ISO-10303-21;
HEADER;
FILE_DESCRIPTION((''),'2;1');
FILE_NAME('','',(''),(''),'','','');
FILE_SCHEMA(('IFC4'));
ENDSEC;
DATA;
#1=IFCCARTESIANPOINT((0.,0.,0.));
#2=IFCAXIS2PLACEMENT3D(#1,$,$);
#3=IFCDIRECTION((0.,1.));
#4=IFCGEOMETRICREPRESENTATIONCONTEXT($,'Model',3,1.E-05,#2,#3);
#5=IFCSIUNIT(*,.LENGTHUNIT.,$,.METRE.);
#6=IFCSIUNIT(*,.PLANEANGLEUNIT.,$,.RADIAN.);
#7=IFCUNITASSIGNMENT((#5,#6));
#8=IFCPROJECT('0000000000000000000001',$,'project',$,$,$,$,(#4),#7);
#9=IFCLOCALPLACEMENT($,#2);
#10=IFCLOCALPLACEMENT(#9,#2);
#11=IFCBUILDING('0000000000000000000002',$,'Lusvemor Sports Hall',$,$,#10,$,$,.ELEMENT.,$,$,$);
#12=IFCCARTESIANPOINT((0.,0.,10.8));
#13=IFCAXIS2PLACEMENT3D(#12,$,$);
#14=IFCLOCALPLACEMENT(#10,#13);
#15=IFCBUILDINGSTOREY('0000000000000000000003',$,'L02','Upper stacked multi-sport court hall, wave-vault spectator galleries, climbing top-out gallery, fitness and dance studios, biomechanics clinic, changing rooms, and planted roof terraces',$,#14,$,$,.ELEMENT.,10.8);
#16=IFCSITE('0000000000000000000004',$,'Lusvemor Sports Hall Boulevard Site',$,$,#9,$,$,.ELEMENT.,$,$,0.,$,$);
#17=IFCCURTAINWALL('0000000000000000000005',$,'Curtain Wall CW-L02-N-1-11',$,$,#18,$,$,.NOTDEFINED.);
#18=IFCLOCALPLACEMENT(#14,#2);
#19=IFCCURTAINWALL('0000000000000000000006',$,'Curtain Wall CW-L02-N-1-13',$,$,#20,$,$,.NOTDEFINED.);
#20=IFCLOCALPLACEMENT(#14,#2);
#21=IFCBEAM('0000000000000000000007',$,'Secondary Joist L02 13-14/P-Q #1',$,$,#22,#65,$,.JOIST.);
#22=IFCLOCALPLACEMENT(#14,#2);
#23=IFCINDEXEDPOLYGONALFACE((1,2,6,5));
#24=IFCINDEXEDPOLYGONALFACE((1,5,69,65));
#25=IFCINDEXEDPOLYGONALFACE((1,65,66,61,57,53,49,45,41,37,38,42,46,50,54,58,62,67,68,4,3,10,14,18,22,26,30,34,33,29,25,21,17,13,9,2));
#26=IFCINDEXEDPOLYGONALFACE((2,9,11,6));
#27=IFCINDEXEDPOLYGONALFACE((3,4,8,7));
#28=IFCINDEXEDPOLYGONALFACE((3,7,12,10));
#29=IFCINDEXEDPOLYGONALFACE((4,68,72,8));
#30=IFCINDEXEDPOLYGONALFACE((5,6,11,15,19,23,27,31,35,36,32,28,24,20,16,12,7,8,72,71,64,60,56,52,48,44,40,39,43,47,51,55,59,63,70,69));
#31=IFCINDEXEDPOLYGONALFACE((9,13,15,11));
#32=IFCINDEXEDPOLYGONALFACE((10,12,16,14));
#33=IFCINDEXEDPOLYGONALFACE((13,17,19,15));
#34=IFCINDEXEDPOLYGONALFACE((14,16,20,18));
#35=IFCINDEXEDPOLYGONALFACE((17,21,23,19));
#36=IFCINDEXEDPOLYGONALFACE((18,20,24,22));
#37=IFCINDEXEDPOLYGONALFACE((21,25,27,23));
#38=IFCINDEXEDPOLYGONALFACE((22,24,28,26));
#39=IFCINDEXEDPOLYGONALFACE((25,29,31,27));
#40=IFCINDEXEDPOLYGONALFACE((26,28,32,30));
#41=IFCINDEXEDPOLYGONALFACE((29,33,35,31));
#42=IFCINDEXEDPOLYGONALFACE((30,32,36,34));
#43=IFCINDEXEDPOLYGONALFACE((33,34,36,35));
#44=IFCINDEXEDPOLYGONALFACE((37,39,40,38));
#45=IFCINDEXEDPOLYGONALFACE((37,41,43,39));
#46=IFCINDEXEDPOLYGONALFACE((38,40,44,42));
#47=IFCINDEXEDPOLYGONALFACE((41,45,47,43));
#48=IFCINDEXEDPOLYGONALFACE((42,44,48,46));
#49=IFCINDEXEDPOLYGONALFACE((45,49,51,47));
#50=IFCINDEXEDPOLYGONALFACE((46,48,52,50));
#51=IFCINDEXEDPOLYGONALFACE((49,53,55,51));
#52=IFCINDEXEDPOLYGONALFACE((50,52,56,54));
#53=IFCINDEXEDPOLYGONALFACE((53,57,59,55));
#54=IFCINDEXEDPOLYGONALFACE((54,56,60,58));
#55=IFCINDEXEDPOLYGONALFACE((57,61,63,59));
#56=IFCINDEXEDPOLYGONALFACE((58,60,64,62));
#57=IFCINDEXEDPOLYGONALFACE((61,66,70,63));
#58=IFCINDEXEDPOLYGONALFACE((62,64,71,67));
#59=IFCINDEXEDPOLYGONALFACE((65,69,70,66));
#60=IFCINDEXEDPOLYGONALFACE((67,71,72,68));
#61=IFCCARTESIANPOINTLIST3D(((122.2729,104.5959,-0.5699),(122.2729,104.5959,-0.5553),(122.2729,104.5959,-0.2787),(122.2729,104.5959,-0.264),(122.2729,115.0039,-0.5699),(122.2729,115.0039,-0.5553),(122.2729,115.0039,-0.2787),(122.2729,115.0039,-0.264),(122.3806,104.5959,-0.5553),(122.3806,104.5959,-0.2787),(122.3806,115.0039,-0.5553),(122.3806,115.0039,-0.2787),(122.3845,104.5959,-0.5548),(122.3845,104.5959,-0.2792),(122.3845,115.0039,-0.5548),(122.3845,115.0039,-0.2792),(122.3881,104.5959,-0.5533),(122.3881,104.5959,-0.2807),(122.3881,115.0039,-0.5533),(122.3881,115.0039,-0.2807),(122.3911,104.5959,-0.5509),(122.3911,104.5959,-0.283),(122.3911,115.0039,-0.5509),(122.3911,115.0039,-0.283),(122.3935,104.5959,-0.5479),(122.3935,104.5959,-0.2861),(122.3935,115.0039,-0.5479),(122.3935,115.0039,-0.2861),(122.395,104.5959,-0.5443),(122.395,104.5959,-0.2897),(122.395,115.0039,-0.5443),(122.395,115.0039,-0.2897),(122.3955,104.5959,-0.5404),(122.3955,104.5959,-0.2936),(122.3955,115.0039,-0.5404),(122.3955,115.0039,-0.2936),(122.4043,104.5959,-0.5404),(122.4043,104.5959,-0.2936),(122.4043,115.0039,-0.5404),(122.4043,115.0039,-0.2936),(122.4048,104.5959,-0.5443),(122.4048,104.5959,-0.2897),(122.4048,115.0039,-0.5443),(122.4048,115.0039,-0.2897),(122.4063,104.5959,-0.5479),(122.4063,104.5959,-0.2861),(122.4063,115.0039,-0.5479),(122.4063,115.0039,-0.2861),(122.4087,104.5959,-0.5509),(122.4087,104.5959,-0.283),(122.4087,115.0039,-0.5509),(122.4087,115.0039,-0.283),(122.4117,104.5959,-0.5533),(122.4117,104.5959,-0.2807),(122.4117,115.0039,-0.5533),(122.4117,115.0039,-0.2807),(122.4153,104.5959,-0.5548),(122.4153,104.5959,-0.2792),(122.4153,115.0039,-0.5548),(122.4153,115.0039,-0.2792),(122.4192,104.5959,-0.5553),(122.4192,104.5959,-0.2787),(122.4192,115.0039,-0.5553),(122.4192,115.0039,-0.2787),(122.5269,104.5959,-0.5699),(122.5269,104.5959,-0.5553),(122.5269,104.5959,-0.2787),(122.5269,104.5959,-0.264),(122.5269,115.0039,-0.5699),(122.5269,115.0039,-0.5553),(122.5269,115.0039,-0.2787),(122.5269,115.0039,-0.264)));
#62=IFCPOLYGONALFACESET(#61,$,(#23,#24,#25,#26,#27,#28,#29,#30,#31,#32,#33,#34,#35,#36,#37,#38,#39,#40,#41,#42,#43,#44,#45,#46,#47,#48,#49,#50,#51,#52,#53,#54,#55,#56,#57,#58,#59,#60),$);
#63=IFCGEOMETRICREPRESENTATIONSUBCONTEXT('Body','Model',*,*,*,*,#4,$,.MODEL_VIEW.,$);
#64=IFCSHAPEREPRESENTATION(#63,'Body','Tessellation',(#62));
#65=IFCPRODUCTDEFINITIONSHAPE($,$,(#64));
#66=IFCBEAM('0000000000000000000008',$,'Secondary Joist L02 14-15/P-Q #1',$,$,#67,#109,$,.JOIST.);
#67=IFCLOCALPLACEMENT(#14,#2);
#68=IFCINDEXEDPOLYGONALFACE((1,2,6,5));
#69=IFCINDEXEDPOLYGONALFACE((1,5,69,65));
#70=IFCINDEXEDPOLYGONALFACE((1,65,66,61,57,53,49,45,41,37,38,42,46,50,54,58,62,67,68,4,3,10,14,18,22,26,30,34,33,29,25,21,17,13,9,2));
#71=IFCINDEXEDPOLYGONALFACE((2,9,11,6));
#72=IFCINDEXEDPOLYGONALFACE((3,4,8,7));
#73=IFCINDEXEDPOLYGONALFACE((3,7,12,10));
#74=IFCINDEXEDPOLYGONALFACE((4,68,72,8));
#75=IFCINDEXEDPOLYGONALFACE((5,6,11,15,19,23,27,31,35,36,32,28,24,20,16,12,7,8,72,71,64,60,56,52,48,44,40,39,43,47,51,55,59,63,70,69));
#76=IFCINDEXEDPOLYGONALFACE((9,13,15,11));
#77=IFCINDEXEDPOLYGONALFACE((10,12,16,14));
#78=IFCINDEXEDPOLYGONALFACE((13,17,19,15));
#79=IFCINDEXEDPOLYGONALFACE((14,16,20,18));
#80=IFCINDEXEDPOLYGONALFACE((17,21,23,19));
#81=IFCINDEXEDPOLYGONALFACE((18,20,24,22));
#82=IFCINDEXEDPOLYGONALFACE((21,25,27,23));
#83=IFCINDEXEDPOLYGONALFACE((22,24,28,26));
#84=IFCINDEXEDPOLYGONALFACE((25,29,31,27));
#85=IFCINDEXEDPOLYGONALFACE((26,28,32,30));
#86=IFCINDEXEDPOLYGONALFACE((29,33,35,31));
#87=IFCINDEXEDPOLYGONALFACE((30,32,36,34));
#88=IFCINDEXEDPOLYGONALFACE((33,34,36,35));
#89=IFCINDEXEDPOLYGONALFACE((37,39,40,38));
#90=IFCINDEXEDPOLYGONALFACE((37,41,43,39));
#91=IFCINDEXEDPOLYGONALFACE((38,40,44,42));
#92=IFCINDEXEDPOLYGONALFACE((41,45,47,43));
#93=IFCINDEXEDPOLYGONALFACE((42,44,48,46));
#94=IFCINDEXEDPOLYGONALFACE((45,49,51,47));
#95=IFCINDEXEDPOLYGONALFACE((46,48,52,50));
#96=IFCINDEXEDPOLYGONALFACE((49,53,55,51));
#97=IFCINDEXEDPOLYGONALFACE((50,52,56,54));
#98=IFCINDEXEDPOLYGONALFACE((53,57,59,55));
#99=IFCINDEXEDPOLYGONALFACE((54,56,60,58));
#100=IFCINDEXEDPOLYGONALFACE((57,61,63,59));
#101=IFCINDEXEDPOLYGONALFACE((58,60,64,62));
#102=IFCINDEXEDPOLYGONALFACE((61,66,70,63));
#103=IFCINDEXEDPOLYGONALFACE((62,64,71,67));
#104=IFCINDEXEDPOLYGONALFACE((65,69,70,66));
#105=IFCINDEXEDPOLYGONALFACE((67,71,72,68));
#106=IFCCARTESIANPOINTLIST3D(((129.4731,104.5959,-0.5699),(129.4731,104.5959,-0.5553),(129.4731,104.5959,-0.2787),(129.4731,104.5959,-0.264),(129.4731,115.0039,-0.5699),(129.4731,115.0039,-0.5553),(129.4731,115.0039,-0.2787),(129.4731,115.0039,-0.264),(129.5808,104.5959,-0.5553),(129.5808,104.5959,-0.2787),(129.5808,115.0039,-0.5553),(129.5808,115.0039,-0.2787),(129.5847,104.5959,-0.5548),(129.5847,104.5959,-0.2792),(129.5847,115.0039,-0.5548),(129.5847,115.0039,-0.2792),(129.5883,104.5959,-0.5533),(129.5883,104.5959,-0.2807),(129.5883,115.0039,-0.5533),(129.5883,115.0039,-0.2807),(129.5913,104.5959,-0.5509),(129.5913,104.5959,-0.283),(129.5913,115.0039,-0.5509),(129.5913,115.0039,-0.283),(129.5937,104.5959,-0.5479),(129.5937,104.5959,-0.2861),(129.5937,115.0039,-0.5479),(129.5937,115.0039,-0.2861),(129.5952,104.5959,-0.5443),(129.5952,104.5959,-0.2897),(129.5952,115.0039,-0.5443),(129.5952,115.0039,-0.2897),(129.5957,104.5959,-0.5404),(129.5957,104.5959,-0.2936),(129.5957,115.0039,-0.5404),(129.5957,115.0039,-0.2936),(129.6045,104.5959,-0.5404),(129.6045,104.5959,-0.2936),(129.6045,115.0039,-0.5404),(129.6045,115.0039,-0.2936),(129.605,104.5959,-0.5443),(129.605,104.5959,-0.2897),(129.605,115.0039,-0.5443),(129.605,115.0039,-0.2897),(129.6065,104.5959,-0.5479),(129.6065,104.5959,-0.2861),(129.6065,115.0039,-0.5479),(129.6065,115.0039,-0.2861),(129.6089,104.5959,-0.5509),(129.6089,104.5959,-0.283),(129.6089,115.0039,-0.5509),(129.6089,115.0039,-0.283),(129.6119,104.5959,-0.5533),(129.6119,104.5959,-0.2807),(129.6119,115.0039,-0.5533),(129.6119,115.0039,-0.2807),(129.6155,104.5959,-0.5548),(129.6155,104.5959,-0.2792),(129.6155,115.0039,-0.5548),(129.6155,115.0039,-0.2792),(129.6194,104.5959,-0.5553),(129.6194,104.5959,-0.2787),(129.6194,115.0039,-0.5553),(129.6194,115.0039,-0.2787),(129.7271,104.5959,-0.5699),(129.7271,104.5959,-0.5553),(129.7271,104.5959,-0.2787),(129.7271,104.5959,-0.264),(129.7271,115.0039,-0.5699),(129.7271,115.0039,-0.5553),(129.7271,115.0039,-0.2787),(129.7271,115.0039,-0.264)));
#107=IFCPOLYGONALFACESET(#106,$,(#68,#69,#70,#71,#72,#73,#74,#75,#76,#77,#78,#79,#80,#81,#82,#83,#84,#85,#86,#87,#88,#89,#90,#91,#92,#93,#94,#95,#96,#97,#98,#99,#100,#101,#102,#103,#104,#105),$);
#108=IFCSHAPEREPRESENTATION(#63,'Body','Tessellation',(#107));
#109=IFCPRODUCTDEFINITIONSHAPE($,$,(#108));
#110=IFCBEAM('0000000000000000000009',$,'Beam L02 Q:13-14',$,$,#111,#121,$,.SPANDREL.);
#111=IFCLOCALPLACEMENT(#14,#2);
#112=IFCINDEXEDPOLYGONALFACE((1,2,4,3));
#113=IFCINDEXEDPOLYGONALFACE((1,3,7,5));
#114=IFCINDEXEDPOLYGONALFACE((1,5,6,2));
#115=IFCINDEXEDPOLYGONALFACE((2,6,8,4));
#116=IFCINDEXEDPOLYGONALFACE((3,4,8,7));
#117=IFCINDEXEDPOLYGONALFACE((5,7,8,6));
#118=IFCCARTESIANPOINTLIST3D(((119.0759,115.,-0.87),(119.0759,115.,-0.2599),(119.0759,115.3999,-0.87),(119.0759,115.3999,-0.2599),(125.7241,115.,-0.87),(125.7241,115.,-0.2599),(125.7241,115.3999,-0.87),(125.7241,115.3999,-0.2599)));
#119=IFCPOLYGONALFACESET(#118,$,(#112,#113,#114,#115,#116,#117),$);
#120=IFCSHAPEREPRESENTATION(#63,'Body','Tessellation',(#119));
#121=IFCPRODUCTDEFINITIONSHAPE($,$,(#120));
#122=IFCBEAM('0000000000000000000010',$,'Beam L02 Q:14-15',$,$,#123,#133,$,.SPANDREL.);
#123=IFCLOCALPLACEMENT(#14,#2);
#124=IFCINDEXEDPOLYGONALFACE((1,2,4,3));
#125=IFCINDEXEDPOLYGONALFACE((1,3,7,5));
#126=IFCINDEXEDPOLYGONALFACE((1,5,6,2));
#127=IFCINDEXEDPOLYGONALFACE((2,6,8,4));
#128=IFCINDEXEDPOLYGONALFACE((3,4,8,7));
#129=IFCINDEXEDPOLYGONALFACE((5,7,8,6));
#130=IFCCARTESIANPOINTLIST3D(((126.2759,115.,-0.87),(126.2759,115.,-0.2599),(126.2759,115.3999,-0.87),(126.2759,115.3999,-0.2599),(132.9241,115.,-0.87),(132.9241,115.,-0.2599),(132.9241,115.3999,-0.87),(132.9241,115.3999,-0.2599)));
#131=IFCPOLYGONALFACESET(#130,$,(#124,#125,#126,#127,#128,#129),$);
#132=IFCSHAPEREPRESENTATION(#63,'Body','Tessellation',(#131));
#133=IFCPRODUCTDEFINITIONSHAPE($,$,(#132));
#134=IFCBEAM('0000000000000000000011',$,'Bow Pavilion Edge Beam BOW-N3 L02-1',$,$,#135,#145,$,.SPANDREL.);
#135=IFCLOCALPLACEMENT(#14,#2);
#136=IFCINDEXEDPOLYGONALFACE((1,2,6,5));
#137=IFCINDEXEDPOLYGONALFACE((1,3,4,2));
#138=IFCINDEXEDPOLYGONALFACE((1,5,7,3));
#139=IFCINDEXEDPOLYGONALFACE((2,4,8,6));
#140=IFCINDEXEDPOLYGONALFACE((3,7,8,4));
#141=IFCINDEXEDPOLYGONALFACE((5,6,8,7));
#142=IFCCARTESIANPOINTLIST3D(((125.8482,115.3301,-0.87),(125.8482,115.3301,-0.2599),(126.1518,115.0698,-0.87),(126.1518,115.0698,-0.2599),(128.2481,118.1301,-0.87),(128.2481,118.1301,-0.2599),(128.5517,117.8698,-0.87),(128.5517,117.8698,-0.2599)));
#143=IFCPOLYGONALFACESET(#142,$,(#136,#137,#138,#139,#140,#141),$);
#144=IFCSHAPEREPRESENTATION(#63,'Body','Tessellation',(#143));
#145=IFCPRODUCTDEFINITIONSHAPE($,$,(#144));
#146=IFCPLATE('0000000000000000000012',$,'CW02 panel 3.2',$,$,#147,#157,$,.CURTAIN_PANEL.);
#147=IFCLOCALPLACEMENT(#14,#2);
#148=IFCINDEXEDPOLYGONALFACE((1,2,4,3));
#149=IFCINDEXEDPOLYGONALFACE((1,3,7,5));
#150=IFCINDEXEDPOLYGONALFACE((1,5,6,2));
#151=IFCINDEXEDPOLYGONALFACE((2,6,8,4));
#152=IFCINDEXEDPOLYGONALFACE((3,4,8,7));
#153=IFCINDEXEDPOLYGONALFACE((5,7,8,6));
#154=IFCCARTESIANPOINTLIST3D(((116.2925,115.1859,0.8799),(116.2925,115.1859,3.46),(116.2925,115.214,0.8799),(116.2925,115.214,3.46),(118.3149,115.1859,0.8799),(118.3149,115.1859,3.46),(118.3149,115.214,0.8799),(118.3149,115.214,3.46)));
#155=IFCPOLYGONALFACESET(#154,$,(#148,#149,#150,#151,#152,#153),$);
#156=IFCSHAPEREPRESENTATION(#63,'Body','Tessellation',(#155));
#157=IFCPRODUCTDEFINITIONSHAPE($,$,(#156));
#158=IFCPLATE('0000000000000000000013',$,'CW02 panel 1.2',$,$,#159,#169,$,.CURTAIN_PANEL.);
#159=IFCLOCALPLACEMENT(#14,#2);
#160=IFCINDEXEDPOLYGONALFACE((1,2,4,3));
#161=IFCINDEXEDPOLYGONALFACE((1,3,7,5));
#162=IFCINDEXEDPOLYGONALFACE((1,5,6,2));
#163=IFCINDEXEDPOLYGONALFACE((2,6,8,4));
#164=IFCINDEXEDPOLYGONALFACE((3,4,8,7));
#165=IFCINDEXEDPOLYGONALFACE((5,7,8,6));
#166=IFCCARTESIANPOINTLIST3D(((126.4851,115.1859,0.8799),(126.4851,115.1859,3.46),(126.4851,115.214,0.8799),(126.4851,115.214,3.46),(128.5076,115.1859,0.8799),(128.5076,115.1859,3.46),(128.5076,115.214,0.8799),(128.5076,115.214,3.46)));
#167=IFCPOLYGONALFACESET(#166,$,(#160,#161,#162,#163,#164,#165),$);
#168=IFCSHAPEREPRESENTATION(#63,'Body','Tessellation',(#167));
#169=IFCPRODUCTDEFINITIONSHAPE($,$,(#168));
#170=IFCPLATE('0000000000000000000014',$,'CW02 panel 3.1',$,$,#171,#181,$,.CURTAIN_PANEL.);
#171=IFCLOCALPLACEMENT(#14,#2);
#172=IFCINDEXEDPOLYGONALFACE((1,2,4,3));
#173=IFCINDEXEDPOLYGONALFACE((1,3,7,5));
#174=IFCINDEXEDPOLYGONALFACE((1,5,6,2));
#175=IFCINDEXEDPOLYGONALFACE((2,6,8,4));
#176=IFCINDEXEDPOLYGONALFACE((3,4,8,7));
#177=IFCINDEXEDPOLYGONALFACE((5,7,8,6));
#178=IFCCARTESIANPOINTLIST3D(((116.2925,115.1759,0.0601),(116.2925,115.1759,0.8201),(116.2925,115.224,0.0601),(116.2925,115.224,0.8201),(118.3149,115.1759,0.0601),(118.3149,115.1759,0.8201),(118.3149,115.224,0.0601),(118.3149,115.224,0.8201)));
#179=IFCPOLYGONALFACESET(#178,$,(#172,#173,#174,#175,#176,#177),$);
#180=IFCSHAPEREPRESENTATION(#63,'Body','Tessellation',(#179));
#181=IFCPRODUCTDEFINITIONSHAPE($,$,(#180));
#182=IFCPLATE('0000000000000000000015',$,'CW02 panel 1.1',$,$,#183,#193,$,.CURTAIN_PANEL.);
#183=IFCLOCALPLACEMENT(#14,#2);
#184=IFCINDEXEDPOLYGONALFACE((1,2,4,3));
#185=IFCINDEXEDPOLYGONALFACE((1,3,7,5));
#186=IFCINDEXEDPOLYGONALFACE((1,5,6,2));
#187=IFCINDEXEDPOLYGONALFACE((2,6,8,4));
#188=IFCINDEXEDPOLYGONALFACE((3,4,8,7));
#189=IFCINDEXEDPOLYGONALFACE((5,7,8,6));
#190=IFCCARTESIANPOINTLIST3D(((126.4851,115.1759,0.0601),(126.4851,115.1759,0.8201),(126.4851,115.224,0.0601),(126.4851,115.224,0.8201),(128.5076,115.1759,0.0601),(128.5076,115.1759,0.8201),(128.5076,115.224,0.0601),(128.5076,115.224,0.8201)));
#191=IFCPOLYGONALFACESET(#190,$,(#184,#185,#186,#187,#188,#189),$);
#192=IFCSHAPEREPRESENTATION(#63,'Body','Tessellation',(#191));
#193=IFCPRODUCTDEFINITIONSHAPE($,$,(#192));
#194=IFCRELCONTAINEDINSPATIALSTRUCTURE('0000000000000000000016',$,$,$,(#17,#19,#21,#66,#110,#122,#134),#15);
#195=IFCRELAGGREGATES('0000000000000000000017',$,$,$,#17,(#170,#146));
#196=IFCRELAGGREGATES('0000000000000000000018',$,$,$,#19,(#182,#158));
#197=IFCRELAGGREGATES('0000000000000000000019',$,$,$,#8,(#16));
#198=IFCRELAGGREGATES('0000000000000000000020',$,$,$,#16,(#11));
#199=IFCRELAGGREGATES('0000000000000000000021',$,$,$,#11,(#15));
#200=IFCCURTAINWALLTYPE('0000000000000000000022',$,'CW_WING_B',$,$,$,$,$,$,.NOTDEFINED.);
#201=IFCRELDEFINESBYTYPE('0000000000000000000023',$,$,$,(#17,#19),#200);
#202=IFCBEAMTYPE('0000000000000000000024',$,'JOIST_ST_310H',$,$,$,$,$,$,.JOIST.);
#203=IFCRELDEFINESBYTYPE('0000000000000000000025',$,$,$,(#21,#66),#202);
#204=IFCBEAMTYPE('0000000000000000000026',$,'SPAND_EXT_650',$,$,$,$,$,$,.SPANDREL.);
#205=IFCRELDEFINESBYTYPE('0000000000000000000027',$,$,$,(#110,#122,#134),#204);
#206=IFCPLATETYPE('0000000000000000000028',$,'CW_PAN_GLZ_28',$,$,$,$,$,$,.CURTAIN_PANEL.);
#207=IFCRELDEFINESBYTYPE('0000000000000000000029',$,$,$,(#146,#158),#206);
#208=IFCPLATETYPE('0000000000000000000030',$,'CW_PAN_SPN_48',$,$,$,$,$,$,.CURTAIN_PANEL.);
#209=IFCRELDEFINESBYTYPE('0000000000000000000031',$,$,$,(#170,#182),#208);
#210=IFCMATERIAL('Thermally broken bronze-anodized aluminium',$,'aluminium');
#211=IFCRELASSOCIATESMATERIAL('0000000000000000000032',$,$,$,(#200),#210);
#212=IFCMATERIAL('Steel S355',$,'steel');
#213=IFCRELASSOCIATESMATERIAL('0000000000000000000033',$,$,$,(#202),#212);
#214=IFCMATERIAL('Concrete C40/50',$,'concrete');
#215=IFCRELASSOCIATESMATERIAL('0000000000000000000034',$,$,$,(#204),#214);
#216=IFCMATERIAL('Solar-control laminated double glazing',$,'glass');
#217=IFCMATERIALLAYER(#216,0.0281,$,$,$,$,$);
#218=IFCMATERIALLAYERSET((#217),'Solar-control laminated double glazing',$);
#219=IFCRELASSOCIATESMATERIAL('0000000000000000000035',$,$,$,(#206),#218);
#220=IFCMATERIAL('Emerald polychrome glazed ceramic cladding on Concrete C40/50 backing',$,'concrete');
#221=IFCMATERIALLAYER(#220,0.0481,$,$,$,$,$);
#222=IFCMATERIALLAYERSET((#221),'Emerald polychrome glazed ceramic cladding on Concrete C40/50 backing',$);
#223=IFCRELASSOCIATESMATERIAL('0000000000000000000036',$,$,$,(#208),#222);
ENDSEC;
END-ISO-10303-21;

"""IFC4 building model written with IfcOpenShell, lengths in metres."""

from ifc_helpers import new_model, si_unit, direction, frame, origin, origin_2d, place, context, subcontext, project, spatial, rectangle, i_section, extrude, material, layer, layer_set, material_profile, profile_set, type_object, element, aggregate, save


model = new_model("IFC4")

# Units and contexts
model_context = context("Model", 3, precision=1e-05, world=origin(), true_north=direction((0.0, 1.0)))
body_context = subcontext(model_context, "Body", "Model", "MODEL_VIEW")
ifc_project = project(units=[si_unit("LENGTHUNIT", "METRE"), si_unit("PLANEANGLEUNIT", "RADIAN")], contexts=[model_context])

# Site, building, storey
site_placement = place(None, origin())
site = spatial("IfcSite", under=ifc_project, at=site_placement, Name="Lusvemor Sports Hall Boulevard Site", CompositionType="ELEMENT", RefElevation=0.0)
building_placement = place(site_placement, origin())
building = spatial("IfcBuilding", under=site, at=building_placement, Name="Lusvemor Sports Hall", CompositionType="ELEMENT")
storey_placement = place(building_placement, frame((0.0, 0.0, 10.8)))
storey = spatial("IfcBuildingStorey", under=building, at=storey_placement, Name="L02", Description="Upper stacked multi-sport court hall, wave-vault spectator galleries, climbing top-out gallery, fitness and dance studios, biomechanics clinic, changing rooms, and planted roof terraces", CompositionType="ELEMENT", Elevation=10.8)

# Curtain wall
ifc_material_1 = material(Name="Thermally broken bronze-anodized aluminium", Category="aluminium")
curtain_wall_type = type_object("IfcCurtainWallType", Name="CW_WING_B", PredefinedType="NOTDEFINED", material=ifc_material_1)
curtain_wall_1_placement = place(storey_placement, origin())
curtain_wall_1 = element("IfcCurtainWall", 1, at=curtain_wall_1_placement, inside=storey, type_object=curtain_wall_type, Name="Curtain Wall CW-L02-N-1-11", PredefinedType="NOTDEFINED")

# Curtain wall
curtain_wall_2_placement = place(storey_placement, origin())
curtain_wall_2 = element("IfcCurtainWall", 2, at=curtain_wall_2_placement, inside=storey, type_object=curtain_wall_type, Name="Curtain Wall CW-L02-N-1-13", PredefinedType="NOTDEFINED")

# Beams
ifc_material_2 = material(Name="Steel S355", Category="steel")
ifc_material_profile_1 = material_profile(ifc_material_2, i_section(OverallWidth=0.2539, OverallDepth=0.3059, WebThickness=0.0088, FlangeThickness=0.0146, FilletRadius=0.0149, at=origin_2d()), Name="W310x79.0")
ifc_profile_set_1 = profile_set([ifc_material_profile_1], Name="Steel S355")
beam_type_1 = type_object("IfcBeamType", Name="JOIST_ST_310H", PredefinedType="JOIST", material=ifc_profile_set_1)
for number, where, z_axis, x_axis, name in (
    (3, (122.3999, 104.5959, -0.417), (0.0, 1.0, 0.0), (-1.0, 0.0, 0.0), "Secondary Joist L02 13-14/P-Q #1"),
    (4, (129.6001, 104.5959, -0.417), (0.0, 1.0, 0.0), (-1.0, 0.0, 0.0), "Secondary Joist L02 14-15/P-Q #1"),
):
    element("IfcBeam", number, at=place(storey_placement, frame(where, z_axis=z_axis, x_axis=x_axis)), inside=storey, type_object=beam_type_1, Name=name, PredefinedType="JOIST", context=body_context, shape_type="SweptSolid", body=[
        extrude(i_section(OverallWidth=0.2539, OverallDepth=0.3059, WebThickness=0.0088, FlangeThickness=0.0146, FilletRadius=0.0149, at=origin_2d()), origin(), (0.0, 0.0, 1.0), 10.408),
    ])
ifc_material_3 = material(Name="Concrete C40/50", Category="concrete")
ifc_material_profile_2 = material_profile(ifc_material_3, rectangle(XDim=0.3999, YDim=0.6101, at=origin_2d()), Name="RC400x610")
ifc_profile_set_2 = profile_set([ifc_material_profile_2], Name="Concrete C40/50")
beam_type_2 = type_object("IfcBeamType", Name="SPAND_EXT_650", PredefinedType="SPANDREL", material=ifc_profile_set_2)
for number, where, z_axis, x_axis, name in (
    (5, (119.0759, 115.2, -0.5649), (1.0, 0.0, 0.0), (0.0, 1.0, 0.0), "Beam L02 Q:13-14"),
    (6, (126.2759, 115.2, -0.5649), (1.0, 0.0, 0.0), (0.0, 1.0, 0.0), "Beam L02 Q:14-15"),
):
    element("IfcBeam", number, at=place(storey_placement, frame(where, z_axis=z_axis, x_axis=x_axis)), inside=storey, type_object=beam_type_2, Name=name, PredefinedType="SPANDREL", context=body_context, shape_type="SweptSolid", body=[
        extrude(rectangle(XDim=0.3999, YDim=0.6101, at=origin_2d()), origin(), (0.0, 0.0, 1.0), 6.6482),
    ])
beam_1_placement = place(storey_placement, frame((126.0, 115.2, -0.5649), z_axis=(0.65077, 0.759275, 0.0), x_axis=(-0.759275, 0.65077, 0.0)))
element("IfcBeam", 7, at=beam_1_placement, inside=storey, type_object=beam_type_2, Name="Bow Pavilion Edge Beam BOW-N3 L02-1", PredefinedType="SPANDREL", context=body_context, shape_type="SweptSolid", body=[
    extrude(rectangle(XDim=0.3999, YDim=0.6101, at=origin_2d()), origin(), (0.0, 0.0, 1.0), 3.6877),
])

# Plates
ifc_material_4 = material(Name="Solar-control laminated double glazing", Category="glass")
ifc_layer_1 = layer(ifc_material_4, 0.0281)
ifc_layer_set_1 = layer_set([ifc_layer_1], Name="Solar-control laminated double glazing")
plate_type_1 = type_object("IfcPlateType", Name="CW_PAN_GLZ_28", PredefinedType="CURTAIN_PANEL", material=ifc_layer_set_1)
plate_1_placement = place(storey_placement, frame((117.3037, 115.2, 0.8799), z_axis=(0.0, 0.0, 1.0), x_axis=(1.0, 0.0, 0.0)))
plate_1 = element("IfcPlate", 8, at=plate_1_placement, type_object=plate_type_1, Name="CW02 panel 3.2", PredefinedType="CURTAIN_PANEL", context=body_context, shape_type="SweptSolid", body=[
    extrude(rectangle(XDim=2.0225, YDim=0.0281, at=origin_2d()), origin(), (0.0, 0.0, 1.0), 2.5801),
])
plate_2_placement = place(storey_placement, frame((127.4963, 115.2, 0.8799), z_axis=(0.0, 0.0, 1.0), x_axis=(1.0, 0.0, 0.0)))
plate_2 = element("IfcPlate", 9, at=plate_2_placement, type_object=plate_type_1, Name="CW02 panel 1.2", PredefinedType="CURTAIN_PANEL", context=body_context, shape_type="SweptSolid", body=[
    extrude(rectangle(XDim=2.0225, YDim=0.0281, at=origin_2d()), origin(), (0.0, 0.0, 1.0), 2.5801),
])
ifc_material_5 = material(Name="Emerald polychrome glazed ceramic cladding on Concrete C40/50 backing", Category="concrete")
ifc_layer_2 = layer(ifc_material_5, 0.0481)
ifc_layer_set_2 = layer_set([ifc_layer_2], Name="Emerald polychrome glazed ceramic cladding on Concrete C40/50 backing")
plate_type_2 = type_object("IfcPlateType", Name="CW_PAN_SPN_48", PredefinedType="CURTAIN_PANEL", material=ifc_layer_set_2)
plate_3_placement = place(storey_placement, frame((117.3037, 115.2, 0.0601), z_axis=(0.0, 0.0, 1.0), x_axis=(1.0, 0.0, 0.0)))
plate_3 = element("IfcPlate", 10, at=plate_3_placement, type_object=plate_type_2, Name="CW02 panel 3.1", PredefinedType="CURTAIN_PANEL", context=body_context, shape_type="SweptSolid", body=[
    extrude(rectangle(XDim=2.0225, YDim=0.0481, at=origin_2d()), origin(), (0.0, 0.0, 1.0), 0.76),
])
aggregate(curtain_wall_1, [plate_3, plate_1])
plate_4_placement = place(storey_placement, frame((127.4963, 115.2, 0.0601), z_axis=(0.0, 0.0, 1.0), x_axis=(1.0, 0.0, 0.0)))
plate_4 = element("IfcPlate", 11, at=plate_4_placement, type_object=plate_type_2, Name="CW02 panel 1.1", PredefinedType="CURTAIN_PANEL", context=body_context, shape_type="SweptSolid", body=[
    extrude(rectangle(XDim=2.0225, YDim=0.0481, at=origin_2d()), origin(), (0.0, 0.0, 1.0), 0.76),
])
aggregate(curtain_wall_2, [plate_4, plate_2])

save(model, "model.ifc")
